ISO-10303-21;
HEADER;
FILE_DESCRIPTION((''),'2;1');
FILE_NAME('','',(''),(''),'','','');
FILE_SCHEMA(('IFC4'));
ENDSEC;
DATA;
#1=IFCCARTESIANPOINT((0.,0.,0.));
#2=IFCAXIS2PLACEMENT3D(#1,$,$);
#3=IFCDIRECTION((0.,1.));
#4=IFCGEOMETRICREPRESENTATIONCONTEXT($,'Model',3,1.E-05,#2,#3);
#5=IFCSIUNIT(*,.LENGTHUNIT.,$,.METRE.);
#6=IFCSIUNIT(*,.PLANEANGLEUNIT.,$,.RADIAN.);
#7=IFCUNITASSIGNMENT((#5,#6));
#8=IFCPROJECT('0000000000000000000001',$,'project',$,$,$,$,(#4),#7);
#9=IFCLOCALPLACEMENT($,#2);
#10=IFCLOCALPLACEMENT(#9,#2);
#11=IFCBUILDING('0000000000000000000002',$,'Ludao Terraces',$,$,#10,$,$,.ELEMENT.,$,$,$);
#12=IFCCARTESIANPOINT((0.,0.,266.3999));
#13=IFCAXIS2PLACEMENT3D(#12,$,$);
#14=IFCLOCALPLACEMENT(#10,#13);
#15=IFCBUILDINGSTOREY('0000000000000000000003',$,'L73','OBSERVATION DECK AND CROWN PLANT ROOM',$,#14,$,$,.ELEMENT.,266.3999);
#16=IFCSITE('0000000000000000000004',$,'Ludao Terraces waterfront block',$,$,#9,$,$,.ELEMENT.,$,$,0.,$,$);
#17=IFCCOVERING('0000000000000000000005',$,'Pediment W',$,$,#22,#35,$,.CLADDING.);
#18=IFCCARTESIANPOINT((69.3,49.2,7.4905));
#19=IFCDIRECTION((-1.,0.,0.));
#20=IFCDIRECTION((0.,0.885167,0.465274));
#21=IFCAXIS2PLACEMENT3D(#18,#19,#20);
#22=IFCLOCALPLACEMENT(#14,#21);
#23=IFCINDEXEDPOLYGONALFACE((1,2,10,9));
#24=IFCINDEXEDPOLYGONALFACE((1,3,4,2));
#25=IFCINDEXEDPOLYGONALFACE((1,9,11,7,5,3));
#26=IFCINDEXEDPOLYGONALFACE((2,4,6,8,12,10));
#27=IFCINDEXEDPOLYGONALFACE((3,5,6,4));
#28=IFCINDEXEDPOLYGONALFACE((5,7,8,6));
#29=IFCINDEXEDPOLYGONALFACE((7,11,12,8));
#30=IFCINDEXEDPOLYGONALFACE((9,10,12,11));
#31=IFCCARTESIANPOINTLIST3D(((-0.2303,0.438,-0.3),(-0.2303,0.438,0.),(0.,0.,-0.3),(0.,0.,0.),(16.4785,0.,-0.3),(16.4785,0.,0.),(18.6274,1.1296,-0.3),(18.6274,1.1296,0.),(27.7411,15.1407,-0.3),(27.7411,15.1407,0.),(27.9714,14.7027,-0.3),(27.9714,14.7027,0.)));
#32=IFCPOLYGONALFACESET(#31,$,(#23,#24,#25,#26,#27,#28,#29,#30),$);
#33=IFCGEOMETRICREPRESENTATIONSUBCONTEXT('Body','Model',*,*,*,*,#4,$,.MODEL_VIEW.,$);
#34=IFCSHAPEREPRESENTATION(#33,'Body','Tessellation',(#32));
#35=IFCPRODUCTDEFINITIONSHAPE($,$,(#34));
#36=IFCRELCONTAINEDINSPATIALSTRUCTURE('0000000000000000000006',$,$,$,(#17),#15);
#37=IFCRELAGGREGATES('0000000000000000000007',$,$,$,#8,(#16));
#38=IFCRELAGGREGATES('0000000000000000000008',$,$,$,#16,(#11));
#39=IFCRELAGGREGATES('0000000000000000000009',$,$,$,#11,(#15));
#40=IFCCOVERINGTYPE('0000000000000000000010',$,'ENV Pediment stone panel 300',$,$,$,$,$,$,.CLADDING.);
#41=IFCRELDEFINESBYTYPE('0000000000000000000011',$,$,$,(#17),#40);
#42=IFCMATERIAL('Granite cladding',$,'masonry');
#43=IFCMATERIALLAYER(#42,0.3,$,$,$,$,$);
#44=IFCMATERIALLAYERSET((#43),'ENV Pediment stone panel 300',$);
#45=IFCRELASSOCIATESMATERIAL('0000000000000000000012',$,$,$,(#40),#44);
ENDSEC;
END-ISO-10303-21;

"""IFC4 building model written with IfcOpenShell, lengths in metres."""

from ifc_helpers import new_model, si_unit, direction, frame, origin, place, context, subcontext, project, spatial, polyline, outline, extrude, material, layer, layer_set, type_object, element, save


model = new_model("IFC4")

# Units and contexts
model_context = context("Model", 3, precision=1e-05, world=origin(), true_north=direction((0.0, 1.0)))
body_context = subcontext(model_context, "Body", "Model", "MODEL_VIEW")
ifc_project = project(units=[si_unit("LENGTHUNIT", "METRE"), si_unit("PLANEANGLEUNIT", "RADIAN")], contexts=[model_context])

# Site, building, storey
site_placement = place(None, origin())
site = spatial("IfcSite", under=ifc_project, at=site_placement, Name="Ludao Terraces waterfront block", CompositionType="ELEMENT", RefElevation=0.0)
building_placement = place(site_placement, origin())
building = spatial("IfcBuilding", under=site, at=building_placement, Name="Ludao Terraces", CompositionType="ELEMENT")
storey_placement = place(building_placement, frame((0.0, 0.0, 266.3999)))
storey = spatial("IfcBuildingStorey", under=building, at=storey_placement, Name="L73", Description="OBSERVATION DECK AND CROWN PLANT ROOM", CompositionType="ELEMENT", Elevation=266.3999)

# Covering
ifc_material_1 = material(Name="Granite cladding", Category="masonry")
ifc_layer_1 = layer(ifc_material_1, 0.3)
ifc_layer_set_1 = layer_set([ifc_layer_1], Name="ENV Pediment stone panel 300")
covering_type = type_object("IfcCoveringType", Name="ENV Pediment stone panel 300", PredefinedType="CLADDING", material=ifc_layer_set_1)
covering_placement = place(storey_placement, frame((69.3, 49.2, 7.4905), z_axis=(-1.0, 0.0, 0.0), x_axis=(0.0, 0.885167, 0.465274)))
element("IfcCovering", 1, at=covering_placement, inside=storey, type_object=covering_type, Name="Pediment W", PredefinedType="CLADDING", context=body_context, shape_type="SweptSolid", body=[
    extrude(outline(polyline([(0.0, 0.0), (16.4785, 0.0), (18.6274, 1.1296), (27.9714, 14.7027), (27.7411, 15.1407), (-0.2303, 0.438), (0.0, 0.0)])), origin(), (0.0, 0.0, -1.0), 0.3),
])

save(model, "model.ifc")
